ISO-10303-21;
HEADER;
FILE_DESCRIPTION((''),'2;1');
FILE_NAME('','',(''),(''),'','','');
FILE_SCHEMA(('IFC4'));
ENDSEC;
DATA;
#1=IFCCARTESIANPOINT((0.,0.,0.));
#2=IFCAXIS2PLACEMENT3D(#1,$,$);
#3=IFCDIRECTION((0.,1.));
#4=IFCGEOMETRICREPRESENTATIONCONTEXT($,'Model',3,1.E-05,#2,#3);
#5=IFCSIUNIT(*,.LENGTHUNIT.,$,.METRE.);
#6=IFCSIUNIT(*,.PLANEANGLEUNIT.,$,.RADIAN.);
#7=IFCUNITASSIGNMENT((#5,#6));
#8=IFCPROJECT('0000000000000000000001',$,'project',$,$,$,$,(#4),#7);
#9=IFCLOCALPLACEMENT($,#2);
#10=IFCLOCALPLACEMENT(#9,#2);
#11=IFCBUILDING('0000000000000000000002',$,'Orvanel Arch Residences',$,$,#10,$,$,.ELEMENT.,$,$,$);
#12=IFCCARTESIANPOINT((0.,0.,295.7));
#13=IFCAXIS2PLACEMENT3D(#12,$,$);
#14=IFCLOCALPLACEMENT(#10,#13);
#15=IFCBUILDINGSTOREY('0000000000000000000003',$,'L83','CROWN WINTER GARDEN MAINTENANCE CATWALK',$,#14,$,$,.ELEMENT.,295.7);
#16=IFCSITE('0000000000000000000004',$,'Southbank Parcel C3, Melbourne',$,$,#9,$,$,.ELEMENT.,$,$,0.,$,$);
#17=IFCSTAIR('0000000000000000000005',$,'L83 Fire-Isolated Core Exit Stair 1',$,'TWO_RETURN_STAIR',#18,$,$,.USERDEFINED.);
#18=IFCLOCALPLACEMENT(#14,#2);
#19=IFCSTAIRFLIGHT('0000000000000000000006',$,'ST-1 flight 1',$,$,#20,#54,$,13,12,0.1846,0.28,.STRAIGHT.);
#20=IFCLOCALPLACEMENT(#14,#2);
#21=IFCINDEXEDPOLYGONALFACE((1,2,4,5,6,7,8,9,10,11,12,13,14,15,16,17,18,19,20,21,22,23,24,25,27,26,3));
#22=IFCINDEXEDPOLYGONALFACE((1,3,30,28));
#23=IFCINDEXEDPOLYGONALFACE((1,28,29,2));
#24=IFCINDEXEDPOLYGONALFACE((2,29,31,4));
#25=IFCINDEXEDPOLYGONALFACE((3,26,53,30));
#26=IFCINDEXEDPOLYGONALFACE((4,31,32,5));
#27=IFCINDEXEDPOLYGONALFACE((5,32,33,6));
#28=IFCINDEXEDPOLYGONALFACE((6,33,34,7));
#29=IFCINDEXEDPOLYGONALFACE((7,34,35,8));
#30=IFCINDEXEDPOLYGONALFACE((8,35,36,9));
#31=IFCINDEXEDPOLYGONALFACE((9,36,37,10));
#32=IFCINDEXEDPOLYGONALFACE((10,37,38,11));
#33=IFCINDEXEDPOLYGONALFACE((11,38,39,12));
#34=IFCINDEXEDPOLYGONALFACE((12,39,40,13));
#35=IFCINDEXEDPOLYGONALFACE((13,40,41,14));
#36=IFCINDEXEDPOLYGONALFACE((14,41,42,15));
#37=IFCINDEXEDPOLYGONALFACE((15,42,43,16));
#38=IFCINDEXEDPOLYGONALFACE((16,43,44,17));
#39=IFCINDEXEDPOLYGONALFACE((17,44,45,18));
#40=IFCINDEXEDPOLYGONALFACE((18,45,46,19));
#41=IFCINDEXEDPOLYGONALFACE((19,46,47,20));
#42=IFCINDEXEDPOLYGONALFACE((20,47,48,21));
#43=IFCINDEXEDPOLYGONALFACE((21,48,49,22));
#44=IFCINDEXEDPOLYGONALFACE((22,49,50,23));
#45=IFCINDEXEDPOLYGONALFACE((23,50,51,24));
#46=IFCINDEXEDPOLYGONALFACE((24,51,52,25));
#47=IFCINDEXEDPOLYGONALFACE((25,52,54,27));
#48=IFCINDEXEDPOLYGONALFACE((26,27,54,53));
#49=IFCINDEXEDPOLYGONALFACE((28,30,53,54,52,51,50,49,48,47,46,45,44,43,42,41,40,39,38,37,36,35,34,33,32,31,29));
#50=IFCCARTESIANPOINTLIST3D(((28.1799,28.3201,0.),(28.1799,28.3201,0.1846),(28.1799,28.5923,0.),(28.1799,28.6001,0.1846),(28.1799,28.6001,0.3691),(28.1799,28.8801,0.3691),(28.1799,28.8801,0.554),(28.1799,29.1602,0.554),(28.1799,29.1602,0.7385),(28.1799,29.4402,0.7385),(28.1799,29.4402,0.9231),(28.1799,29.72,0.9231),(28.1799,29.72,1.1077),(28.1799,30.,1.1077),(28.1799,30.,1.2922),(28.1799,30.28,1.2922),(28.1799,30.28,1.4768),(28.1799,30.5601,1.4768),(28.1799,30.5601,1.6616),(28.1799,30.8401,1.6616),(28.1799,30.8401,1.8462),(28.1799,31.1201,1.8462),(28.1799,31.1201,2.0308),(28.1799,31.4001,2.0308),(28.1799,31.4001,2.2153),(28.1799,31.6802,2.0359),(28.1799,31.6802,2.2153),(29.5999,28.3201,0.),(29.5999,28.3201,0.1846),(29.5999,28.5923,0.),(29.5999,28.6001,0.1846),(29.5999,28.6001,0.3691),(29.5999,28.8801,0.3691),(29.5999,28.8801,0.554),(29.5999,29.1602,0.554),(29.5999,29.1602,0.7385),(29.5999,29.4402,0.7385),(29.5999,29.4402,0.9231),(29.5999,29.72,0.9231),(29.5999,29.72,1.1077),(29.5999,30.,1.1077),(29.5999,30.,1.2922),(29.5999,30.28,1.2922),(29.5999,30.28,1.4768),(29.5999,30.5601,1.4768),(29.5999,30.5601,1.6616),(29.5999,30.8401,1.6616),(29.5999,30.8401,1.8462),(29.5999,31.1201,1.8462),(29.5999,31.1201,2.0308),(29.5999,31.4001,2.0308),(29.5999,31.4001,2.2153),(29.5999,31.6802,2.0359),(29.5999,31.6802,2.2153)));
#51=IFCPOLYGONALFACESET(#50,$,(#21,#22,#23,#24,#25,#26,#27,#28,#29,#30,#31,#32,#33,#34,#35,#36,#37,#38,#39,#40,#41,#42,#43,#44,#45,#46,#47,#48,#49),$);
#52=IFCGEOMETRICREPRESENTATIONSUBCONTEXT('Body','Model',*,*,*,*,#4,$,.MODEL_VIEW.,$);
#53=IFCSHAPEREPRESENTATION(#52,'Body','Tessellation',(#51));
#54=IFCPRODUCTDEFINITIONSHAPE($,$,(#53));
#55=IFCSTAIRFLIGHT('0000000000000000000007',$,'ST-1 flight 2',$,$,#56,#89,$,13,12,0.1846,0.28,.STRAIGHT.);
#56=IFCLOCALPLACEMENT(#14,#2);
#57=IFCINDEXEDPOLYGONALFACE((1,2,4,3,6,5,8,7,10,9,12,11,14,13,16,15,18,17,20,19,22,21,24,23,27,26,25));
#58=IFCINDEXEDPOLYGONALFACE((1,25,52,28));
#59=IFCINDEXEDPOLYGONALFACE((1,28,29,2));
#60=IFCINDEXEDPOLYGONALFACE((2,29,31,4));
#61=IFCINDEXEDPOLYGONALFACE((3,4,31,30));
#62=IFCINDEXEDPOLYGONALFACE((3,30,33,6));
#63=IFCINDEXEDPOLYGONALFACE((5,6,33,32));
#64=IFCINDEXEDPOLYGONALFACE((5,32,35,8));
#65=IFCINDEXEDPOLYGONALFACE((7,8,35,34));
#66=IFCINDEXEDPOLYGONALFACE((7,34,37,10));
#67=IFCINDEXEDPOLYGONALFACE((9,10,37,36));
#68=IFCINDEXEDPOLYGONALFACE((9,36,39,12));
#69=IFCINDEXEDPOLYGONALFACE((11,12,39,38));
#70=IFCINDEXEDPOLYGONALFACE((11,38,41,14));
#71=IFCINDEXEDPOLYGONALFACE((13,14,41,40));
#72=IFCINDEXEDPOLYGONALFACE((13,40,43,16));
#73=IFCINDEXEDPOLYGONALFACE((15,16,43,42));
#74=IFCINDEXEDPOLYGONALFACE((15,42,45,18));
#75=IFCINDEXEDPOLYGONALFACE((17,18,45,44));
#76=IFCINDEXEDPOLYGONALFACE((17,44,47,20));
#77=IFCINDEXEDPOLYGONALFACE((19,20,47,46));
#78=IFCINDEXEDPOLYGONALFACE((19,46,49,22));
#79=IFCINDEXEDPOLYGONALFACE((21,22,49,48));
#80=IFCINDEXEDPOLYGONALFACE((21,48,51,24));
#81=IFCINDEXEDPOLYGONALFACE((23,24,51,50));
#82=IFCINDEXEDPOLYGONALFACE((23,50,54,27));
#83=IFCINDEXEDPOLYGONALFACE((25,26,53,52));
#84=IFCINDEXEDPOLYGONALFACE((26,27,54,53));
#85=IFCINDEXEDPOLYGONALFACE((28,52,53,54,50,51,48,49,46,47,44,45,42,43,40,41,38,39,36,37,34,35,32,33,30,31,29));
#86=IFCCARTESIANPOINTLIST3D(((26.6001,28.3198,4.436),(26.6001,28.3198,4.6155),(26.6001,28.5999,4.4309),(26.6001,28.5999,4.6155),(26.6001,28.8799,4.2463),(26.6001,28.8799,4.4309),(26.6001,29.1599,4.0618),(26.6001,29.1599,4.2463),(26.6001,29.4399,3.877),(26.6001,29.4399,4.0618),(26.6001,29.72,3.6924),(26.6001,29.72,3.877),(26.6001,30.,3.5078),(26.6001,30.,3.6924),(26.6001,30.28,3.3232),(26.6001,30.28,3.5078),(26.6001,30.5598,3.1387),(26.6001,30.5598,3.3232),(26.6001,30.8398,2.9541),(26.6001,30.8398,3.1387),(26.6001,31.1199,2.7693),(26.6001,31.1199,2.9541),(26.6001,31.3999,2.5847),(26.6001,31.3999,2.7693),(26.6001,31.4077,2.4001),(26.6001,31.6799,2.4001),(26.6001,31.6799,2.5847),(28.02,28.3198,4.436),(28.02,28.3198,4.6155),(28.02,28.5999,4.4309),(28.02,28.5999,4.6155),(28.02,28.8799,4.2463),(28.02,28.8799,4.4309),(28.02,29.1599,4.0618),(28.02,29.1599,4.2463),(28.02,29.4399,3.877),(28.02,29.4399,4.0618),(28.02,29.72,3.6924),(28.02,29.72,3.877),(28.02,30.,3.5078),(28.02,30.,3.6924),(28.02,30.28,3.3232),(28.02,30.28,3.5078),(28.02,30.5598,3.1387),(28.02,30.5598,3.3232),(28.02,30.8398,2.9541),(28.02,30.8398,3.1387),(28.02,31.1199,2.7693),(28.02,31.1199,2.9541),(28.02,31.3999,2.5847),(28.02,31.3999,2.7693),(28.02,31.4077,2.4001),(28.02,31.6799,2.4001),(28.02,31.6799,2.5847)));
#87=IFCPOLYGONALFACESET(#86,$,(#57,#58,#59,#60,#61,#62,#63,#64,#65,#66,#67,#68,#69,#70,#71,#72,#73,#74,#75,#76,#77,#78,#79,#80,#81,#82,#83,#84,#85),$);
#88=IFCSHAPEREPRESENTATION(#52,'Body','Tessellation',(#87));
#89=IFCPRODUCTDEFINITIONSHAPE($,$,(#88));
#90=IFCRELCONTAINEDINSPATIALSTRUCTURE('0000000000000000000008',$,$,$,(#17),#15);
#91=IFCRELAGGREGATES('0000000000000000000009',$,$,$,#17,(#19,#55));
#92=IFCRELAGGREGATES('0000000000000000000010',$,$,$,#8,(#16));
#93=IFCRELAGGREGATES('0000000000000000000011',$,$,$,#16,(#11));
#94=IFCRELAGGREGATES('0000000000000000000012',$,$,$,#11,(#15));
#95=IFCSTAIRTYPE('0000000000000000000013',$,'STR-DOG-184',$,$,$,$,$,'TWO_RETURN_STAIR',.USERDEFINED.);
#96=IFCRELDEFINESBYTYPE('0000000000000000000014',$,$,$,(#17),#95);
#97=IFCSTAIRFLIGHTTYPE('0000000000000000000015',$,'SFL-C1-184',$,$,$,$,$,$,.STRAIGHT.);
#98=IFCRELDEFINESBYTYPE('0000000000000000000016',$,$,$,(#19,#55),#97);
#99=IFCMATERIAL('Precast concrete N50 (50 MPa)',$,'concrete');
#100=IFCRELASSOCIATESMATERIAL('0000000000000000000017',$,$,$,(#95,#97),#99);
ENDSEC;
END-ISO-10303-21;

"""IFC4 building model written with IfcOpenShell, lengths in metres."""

from ifc_helpers import new_model, si_unit, direction, frame, origin, place, context, subcontext, project, spatial, polyline, outline, extrude, material, type_object, element, aggregate, save


model = new_model("IFC4")

# Units and contexts
model_context = context("Model", 3, precision=1e-05, world=origin(), true_north=direction((0.0, 1.0)))
body_context = subcontext(model_context, "Body", "Model", "MODEL_VIEW")
ifc_project = project(units=[si_unit("LENGTHUNIT", "METRE"), si_unit("PLANEANGLEUNIT", "RADIAN")], contexts=[model_context])

# Site, building, storey
site_placement = place(None, origin())
site = spatial("IfcSite", under=ifc_project, at=site_placement, Name="Southbank Parcel C3, Melbourne", CompositionType="ELEMENT", RefElevation=0.0)
building_placement = place(site_placement, origin())
building = spatial("IfcBuilding", under=site, at=building_placement, Name="Orvanel Arch Residences", CompositionType="ELEMENT")
storey_placement = place(building_placement, frame((0.0, 0.0, 295.7)))
storey = spatial("IfcBuildingStorey", under=building, at=storey_placement, Name="L83", Description="CROWN WINTER GARDEN MAINTENANCE CATWALK", CompositionType="ELEMENT", Elevation=295.7)

# Stair, stair flights
ifc_material_1 = material(Name="Precast concrete N50 (50 MPa)", Category="concrete")
stair_type = type_object("IfcStairType", Name="STR-DOG-184", ElementType="TWO_RETURN_STAIR", PredefinedType="USERDEFINED", material=ifc_material_1)
stair_placement = place(storey_placement, origin())
stair = element("IfcStair", 1, at=stair_placement, inside=storey, type_object=stair_type, Name="L83 Fire-Isolated Core Exit Stair 1", ObjectType="TWO_RETURN_STAIR", PredefinedType="USERDEFINED")
stair_flight_type = type_object("IfcStairFlightType", Name="SFL-C1-184", PredefinedType="STRAIGHT", material=ifc_material_1)
stair_flight_1_placement = place(storey_placement, frame((28.8899, 28.3201, 0.0), z_axis=(0.0, 0.0, 1.0), x_axis=(0.0, 1.0, 0.0)))
stair_flight_1 = element("IfcStairFlight", 2, at=stair_flight_1_placement, type_object=stair_flight_type, Name="ST-1 flight 1", NumberOfRisers=13, NumberOfTreads=12, PredefinedType="STRAIGHT", RiserHeight=0.1846, TreadLength=0.28, context=body_context, shape_type="SweptSolid", body=[
    extrude(outline(polyline([(0.0, 0.0), (0.0, 0.1846), (0.28, 0.1846), (0.28, 0.3691), (0.5601, 0.3691), (0.5601, 0.554), (0.8401, 0.554), (0.8401, 0.7385), (1.1201, 0.7385), (1.1201, 0.9231), (1.3999, 0.9231), (1.3999, 1.1077), (1.6799, 1.1077), (1.6799, 1.2922), (1.96, 1.2922), (1.96, 1.4768), (2.24, 1.4768), (2.24, 1.6616), (2.52, 1.6616), (2.52, 1.8462), (2.8, 1.8462), (2.8, 2.0308), (3.0801, 2.0308), (3.0801, 2.2153), (3.3601, 2.2153), (3.3601, 2.3999), (3.3601, 2.0359), (0.2722, 0.0), (0.0, 0.0)])), frame((0.0, 0.71, 0.0), z_axis=(0.0, -1.0, 0.0), x_axis=(1.0, 0.0, 0.0)), (0.0, 0.0, 1.0), 1.4199),
])
stair_flight_2_placement = place(storey_placement, frame((27.3101, 31.6799, 2.4001), z_axis=(0.0, 0.0, 1.0), x_axis=(0.0, -1.0, 0.0)))
stair_flight_2 = element("IfcStairFlight", 3, at=stair_flight_2_placement, type_object=stair_flight_type, Name="ST-1 flight 2", NumberOfRisers=13, NumberOfTreads=12, PredefinedType="STRAIGHT", RiserHeight=0.1846, TreadLength=0.28, context=body_context, shape_type="SweptSolid", body=[
    extrude(outline(polyline([(0.0, 0.0), (0.0, 0.1846), (0.28, 0.1846), (0.28, 0.3691), (0.5601, 0.3691), (0.5601, 0.554), (0.8401, 0.554), (0.8401, 0.7385), (1.1201, 0.7385), (1.1201, 0.9231), (1.3999, 0.9231), (1.3999, 1.1077), (1.6799, 1.1077), (1.6799, 1.2922), (1.96, 1.2922), (1.96, 1.4768), (2.24, 1.4768), (2.24, 1.6616), (2.52, 1.6616), (2.52, 1.8462), (2.8, 1.8462), (2.8, 2.0308), (3.0801, 2.0308), (3.0801, 2.2153), (3.3601, 2.2153), (3.3601, 2.3999), (3.3601, 2.0359), (0.2722, 0.0), (0.0, 0.0)])), frame((0.0, 0.71, 0.0), z_axis=(0.0, -1.0, 0.0), x_axis=(1.0, 0.0, 0.0)), (0.0, 0.0, 1.0), 1.4199),
])
aggregate(stair, [stair_flight_1, stair_flight_2])

save(model, "model.ifc")
